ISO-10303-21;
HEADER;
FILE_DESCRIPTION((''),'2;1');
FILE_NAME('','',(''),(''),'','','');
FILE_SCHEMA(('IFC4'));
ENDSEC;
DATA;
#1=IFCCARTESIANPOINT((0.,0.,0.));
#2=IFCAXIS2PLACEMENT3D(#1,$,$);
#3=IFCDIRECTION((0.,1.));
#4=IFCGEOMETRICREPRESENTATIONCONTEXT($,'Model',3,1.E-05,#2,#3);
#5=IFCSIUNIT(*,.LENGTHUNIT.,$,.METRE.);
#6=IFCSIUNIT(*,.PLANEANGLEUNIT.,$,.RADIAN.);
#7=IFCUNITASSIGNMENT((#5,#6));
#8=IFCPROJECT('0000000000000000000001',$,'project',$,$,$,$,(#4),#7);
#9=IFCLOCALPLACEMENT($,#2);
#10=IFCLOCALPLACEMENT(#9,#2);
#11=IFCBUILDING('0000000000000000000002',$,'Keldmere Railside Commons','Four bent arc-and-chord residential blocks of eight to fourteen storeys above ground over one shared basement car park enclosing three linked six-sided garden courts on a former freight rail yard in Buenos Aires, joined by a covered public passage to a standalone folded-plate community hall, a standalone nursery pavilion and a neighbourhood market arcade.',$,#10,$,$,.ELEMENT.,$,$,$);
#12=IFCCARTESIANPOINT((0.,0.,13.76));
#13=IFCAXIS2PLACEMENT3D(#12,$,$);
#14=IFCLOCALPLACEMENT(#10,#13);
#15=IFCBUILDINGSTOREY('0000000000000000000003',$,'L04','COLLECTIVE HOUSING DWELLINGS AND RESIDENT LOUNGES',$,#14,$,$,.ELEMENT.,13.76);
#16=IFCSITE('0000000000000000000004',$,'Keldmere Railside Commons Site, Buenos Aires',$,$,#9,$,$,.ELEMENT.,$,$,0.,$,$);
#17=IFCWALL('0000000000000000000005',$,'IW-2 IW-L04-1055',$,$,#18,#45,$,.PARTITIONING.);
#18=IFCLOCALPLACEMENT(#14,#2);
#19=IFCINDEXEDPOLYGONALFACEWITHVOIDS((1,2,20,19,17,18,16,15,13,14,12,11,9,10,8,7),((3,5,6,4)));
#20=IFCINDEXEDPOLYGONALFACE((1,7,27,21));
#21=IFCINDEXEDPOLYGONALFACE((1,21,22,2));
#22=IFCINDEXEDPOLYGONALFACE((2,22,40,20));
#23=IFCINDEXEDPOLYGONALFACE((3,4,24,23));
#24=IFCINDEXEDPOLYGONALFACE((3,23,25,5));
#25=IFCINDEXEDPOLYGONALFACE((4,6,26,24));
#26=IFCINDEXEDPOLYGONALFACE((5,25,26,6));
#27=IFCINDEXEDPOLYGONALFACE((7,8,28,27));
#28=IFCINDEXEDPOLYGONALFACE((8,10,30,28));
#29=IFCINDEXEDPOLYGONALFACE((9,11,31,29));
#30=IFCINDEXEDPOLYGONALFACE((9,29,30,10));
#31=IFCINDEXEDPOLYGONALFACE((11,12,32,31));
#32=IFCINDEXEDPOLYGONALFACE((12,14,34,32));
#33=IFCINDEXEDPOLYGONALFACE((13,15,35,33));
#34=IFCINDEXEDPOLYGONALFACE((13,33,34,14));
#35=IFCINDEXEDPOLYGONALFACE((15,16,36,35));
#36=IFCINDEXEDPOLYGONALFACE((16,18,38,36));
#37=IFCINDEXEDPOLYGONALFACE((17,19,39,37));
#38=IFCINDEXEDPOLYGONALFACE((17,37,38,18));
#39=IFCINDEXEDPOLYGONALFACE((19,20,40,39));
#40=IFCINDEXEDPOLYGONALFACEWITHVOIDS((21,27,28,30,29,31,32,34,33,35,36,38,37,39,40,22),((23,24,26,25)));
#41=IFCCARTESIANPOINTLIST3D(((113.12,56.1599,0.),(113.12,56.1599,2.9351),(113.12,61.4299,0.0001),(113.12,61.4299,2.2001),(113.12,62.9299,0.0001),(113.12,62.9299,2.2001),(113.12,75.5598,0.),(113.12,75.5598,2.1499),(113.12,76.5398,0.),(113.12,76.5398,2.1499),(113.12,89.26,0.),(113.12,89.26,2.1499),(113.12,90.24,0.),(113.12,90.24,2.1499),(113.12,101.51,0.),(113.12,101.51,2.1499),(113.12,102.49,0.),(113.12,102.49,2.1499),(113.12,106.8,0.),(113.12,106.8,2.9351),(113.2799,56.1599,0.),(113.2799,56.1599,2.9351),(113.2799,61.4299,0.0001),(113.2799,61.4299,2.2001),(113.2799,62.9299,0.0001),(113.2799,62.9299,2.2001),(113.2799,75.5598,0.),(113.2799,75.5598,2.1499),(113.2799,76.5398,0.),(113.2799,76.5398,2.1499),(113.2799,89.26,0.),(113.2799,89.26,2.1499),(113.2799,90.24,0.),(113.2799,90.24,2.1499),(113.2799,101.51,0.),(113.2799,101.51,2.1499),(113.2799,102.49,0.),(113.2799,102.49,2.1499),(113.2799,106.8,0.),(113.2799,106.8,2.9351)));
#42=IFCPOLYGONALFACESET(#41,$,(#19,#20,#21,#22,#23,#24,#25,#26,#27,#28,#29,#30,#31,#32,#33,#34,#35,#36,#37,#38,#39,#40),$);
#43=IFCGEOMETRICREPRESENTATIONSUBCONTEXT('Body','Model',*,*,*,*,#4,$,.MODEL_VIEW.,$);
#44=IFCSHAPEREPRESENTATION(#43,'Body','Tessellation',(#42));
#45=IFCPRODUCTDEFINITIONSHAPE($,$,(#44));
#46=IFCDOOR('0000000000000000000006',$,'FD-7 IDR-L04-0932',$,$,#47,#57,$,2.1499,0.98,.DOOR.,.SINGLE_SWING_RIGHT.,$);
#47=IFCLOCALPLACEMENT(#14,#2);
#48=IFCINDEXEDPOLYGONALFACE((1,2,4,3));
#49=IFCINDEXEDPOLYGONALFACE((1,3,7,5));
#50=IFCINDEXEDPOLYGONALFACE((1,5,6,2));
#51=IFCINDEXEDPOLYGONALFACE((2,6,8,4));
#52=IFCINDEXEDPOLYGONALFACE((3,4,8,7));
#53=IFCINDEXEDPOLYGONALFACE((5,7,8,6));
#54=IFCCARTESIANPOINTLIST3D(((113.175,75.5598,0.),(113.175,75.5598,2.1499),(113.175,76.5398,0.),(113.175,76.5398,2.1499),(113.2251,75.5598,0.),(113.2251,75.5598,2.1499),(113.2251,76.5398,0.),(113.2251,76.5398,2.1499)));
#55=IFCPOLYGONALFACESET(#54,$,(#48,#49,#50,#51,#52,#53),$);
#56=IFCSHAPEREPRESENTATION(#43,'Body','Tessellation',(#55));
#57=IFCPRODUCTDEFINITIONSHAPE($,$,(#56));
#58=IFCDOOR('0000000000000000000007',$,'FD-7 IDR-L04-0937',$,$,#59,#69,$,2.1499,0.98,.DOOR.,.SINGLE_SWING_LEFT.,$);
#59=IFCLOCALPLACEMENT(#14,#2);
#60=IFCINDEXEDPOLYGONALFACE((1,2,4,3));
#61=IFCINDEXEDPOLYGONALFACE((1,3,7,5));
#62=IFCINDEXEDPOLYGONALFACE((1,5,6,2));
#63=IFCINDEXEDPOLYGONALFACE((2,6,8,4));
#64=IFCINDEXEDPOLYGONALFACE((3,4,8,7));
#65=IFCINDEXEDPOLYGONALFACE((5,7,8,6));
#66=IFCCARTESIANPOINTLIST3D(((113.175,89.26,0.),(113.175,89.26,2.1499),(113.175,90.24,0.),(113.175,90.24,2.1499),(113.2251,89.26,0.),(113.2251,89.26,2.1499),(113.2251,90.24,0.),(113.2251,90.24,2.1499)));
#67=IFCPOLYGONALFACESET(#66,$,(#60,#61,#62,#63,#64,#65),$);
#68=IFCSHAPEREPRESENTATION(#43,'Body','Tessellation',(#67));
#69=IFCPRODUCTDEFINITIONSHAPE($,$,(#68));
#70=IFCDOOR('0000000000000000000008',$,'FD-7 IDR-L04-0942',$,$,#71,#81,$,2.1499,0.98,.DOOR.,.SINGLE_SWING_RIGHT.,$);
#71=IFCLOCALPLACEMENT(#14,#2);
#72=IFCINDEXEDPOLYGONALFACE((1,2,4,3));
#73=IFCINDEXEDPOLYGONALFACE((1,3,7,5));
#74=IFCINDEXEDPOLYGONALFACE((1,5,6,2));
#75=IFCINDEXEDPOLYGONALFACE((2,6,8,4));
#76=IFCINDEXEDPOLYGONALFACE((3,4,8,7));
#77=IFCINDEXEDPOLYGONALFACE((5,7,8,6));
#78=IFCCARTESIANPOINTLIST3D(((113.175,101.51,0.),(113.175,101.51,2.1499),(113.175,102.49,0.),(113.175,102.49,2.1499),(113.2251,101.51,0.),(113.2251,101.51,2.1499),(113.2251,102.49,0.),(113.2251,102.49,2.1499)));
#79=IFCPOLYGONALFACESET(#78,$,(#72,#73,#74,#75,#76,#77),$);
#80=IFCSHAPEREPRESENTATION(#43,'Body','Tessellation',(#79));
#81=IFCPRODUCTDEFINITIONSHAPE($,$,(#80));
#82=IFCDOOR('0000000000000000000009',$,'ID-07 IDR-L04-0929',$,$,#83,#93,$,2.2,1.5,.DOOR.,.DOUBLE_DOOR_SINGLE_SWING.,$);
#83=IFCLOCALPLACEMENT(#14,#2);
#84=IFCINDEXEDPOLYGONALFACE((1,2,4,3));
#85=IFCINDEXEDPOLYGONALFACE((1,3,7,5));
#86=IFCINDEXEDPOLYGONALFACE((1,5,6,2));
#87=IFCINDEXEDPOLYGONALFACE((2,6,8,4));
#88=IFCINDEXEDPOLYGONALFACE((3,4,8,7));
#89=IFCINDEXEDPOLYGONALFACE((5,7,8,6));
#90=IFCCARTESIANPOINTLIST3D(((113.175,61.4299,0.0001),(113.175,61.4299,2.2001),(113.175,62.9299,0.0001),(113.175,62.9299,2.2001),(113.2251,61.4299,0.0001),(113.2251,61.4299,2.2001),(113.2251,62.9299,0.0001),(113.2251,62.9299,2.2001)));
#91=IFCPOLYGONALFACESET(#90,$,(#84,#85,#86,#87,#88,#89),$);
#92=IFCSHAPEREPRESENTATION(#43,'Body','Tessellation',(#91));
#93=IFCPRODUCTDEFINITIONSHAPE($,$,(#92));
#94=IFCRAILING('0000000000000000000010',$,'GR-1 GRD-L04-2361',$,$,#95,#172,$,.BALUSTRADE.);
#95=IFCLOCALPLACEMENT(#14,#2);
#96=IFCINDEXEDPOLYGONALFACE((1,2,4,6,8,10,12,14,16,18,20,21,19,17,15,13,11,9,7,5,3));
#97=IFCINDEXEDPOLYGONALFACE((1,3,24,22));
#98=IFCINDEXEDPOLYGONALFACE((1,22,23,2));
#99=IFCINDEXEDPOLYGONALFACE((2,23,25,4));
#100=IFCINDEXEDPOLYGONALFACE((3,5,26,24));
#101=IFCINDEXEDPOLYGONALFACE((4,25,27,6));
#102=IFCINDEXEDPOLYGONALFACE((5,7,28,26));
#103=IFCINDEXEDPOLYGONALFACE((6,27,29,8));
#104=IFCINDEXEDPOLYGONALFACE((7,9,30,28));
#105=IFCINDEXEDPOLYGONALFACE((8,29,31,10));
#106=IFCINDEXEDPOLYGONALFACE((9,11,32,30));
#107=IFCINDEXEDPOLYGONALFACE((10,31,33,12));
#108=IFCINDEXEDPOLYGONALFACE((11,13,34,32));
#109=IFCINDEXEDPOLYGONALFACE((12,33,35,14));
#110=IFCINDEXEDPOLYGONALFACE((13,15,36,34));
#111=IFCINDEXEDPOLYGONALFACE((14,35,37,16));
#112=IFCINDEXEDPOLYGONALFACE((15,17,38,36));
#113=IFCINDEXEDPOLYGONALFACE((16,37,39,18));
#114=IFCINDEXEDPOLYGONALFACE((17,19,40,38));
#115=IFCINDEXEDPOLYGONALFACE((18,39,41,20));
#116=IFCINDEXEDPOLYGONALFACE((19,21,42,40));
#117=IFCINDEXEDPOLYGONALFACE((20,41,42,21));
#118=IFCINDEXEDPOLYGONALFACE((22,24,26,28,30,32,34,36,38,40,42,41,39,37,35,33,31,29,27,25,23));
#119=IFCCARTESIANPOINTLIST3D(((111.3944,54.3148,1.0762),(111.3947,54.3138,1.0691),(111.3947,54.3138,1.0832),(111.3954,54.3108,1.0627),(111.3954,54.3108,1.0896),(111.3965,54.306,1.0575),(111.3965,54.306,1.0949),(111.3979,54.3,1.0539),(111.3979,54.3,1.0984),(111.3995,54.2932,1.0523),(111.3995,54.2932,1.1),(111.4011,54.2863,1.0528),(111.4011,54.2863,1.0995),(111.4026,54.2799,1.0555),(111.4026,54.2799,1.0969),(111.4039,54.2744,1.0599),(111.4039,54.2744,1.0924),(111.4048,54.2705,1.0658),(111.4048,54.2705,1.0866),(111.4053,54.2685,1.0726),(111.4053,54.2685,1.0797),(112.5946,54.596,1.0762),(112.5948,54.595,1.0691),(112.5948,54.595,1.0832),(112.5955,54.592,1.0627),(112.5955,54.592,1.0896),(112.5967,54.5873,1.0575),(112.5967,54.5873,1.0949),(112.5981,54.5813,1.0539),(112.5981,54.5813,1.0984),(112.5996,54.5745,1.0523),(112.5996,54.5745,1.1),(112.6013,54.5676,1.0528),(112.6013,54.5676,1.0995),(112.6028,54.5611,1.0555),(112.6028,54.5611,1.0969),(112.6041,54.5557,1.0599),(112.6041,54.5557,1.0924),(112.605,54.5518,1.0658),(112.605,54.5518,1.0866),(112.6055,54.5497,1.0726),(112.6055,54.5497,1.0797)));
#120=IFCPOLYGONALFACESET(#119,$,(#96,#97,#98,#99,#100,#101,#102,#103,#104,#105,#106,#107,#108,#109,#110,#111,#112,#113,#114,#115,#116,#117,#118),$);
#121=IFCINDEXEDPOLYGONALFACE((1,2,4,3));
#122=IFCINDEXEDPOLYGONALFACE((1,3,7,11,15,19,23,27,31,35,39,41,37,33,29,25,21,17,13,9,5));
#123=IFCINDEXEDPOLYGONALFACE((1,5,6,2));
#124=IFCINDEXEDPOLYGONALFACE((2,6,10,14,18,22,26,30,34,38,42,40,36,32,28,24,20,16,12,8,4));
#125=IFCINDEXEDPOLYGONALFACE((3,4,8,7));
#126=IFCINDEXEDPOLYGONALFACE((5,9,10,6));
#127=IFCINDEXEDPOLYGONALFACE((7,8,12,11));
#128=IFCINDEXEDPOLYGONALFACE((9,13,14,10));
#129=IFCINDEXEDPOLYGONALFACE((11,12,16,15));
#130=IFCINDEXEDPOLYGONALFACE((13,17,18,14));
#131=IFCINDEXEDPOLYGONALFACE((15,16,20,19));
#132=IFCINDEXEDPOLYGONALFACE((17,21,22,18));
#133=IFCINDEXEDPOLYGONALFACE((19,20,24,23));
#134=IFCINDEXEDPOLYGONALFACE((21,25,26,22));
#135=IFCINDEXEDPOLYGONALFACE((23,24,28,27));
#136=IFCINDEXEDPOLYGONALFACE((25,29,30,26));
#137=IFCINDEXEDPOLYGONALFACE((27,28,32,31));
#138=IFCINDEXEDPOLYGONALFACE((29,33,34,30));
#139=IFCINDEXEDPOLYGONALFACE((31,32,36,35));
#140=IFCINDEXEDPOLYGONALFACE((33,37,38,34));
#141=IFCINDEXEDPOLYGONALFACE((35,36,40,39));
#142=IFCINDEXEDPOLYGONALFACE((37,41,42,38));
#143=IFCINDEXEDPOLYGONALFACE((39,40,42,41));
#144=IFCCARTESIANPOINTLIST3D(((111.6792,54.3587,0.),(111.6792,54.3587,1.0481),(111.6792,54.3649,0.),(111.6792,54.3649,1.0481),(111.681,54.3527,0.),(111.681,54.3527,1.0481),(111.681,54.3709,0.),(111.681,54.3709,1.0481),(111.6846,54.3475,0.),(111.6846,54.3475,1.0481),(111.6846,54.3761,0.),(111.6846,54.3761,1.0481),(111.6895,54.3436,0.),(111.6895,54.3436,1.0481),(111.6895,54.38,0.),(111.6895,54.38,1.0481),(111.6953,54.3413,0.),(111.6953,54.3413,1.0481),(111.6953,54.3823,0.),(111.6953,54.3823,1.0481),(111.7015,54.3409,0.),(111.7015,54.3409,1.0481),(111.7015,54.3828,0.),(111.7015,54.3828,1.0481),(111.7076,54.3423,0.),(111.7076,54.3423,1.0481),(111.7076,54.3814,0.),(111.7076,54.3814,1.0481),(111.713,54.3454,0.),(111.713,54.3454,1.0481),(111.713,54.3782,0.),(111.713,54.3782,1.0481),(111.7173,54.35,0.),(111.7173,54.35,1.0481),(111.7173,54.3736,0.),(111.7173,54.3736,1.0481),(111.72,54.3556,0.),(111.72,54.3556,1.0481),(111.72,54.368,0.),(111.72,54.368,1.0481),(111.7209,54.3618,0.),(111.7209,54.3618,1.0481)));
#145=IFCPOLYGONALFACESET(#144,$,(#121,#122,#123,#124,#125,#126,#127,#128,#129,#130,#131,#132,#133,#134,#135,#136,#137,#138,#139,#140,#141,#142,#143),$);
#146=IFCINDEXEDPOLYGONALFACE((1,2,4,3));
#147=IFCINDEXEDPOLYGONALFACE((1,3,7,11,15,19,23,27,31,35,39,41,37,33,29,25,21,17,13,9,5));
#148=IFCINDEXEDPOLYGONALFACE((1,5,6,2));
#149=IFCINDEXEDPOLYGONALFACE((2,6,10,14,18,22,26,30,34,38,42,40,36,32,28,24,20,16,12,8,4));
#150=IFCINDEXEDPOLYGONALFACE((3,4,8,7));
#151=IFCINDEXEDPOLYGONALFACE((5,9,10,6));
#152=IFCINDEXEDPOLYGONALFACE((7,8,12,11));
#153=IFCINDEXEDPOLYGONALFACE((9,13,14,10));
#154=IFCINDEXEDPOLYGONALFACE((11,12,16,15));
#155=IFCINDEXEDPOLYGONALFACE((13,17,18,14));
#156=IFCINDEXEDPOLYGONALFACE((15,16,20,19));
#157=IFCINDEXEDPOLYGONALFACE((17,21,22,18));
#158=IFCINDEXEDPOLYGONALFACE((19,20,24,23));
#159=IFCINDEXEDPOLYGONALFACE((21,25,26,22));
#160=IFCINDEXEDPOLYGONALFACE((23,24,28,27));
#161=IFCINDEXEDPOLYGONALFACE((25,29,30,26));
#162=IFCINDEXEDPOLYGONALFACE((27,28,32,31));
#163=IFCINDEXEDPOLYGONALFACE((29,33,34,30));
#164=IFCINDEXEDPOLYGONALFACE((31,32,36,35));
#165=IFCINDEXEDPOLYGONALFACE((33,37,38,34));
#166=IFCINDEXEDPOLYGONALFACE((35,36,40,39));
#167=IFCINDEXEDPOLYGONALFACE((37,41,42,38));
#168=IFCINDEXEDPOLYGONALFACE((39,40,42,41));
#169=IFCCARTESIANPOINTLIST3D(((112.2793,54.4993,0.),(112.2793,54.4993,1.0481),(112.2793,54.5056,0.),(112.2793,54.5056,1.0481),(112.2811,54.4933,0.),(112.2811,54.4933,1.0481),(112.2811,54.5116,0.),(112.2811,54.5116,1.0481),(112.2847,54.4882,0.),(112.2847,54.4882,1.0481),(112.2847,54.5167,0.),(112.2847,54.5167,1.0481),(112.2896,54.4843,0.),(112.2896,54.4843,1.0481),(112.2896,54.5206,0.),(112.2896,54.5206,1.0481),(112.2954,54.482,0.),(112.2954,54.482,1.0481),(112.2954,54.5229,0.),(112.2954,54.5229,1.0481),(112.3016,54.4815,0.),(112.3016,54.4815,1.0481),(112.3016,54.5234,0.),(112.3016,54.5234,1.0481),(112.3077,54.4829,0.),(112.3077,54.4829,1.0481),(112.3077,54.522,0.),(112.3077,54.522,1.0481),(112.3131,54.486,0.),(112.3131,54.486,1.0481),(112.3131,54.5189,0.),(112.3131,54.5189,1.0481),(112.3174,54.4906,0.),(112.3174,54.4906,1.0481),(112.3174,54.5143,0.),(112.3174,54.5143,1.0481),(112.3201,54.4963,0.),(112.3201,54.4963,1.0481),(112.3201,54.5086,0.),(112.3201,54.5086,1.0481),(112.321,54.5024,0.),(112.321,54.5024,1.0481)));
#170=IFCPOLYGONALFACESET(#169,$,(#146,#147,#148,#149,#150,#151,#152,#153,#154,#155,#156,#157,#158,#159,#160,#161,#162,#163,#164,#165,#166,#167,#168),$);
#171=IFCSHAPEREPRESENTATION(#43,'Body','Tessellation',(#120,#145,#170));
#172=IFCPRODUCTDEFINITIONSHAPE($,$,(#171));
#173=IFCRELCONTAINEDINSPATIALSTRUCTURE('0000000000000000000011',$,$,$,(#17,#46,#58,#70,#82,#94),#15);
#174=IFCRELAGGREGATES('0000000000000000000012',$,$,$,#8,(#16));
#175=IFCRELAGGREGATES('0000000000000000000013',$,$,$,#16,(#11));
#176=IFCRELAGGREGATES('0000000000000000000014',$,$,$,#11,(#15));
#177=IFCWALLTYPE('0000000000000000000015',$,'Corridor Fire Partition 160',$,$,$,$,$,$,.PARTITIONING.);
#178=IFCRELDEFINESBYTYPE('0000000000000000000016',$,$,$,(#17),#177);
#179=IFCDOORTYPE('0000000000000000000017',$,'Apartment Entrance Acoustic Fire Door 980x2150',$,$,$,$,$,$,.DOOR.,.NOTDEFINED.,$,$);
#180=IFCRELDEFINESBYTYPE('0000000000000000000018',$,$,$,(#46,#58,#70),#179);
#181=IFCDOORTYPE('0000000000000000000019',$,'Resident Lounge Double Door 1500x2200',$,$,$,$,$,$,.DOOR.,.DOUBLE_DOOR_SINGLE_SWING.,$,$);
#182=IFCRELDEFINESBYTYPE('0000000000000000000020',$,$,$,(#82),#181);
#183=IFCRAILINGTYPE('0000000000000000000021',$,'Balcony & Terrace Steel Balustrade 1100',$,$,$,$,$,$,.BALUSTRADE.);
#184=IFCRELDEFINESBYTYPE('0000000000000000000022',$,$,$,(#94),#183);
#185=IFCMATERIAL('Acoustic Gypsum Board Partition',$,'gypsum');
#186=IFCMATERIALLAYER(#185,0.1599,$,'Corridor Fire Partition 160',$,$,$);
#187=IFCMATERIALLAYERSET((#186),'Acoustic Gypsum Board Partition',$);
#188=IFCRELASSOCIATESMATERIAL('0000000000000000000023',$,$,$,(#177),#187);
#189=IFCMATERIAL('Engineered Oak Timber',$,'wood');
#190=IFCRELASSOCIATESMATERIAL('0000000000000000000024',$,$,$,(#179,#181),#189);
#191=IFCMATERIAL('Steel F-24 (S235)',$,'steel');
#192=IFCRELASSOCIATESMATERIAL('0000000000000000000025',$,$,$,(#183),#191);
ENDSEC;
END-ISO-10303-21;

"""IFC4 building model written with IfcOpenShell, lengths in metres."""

from ifc_helpers import new_model, si_unit, direction, frame, frame_2d, origin, origin_2d, place, context, subcontext, project, spatial, rectangle, circle, extrude, material, layer, layer_set, type_object, element, fill, save


model = new_model("IFC4")

# Units and contexts
model_context = context("Model", 3, precision=1e-05, world=origin(), true_north=direction((0.0, 1.0)))
body_context = subcontext(model_context, "Body", "Model", "MODEL_VIEW")
ifc_project = project(units=[si_unit("LENGTHUNIT", "METRE"), si_unit("PLANEANGLEUNIT", "RADIAN")], contexts=[model_context])

# Site, building, storey
site_placement = place(None, origin())
site = spatial("IfcSite", under=ifc_project, at=site_placement, Name="Keldmere Railside Commons Site, Buenos Aires", CompositionType="ELEMENT", RefElevation=0.0)
building_placement = place(site_placement, origin())
building = spatial("IfcBuilding", under=site, at=building_placement, Name="Keldmere Railside Commons", Description="Four bent arc-and-chord residential blocks of eight to fourteen storeys above ground over one shared basement car park enclosing three linked six-sided garden courts on a former freight rail yard in Buenos Aires, joined by a covered public passage to a standalone folded-plate community hall, a standalone nursery pavilion and a neighbourhood market arcade.", CompositionType="ELEMENT")
storey_placement = place(building_placement, frame((0.0, 0.0, 13.76)))
storey = spatial("IfcBuildingStorey", under=building, at=storey_placement, Name="L04", Description="COLLECTIVE HOUSING DWELLINGS AND RESIDENT LOUNGES", CompositionType="ELEMENT", Elevation=13.76)

# Wall, openings, doors
ifc_material_1 = material(Name="Acoustic Gypsum Board Partition", Category="gypsum")
ifc_layer = layer(ifc_material_1, 0.1599, Name="Corridor Fire Partition 160")
ifc_layer_set = layer_set([ifc_layer], Name="Acoustic Gypsum Board Partition")
wall_type = type_object("IfcWallType", Name="Corridor Fire Partition 160", PredefinedType="PARTITIONING", material=ifc_layer_set)
ifc_material_2 = material(Name="Engineered Oak Timber", Category="wood")
door_type_1 = type_object("IfcDoorType", Name="Apartment Entrance Acoustic Fire Door 980x2150", OperationType="NOTDEFINED", PredefinedType="DOOR", material=ifc_material_2)
ifc_material_3 = material(Name="Steel F-24 (S235)", Category="steel")
wall_1_placement = place(storey_placement, frame((113.2, 56.1599, 0.0), z_axis=(0.0, 0.0, 1.0), x_axis=(0.0, 1.0, 0.0)))
wall_1 = element("IfcWall", 1, at=wall_1_placement, inside=storey, type_object=wall_type, Name="IW-2 IW-L04-1055", PredefinedType="PARTITIONING", context=body_context, shape_type="SweptSolid", body=[
    extrude(rectangle(XDim=50.6401, YDim=0.1599, at=frame_2d((25.3201, 0.0))), origin(), (0.0, 0.0, 1.0), 2.9351),
])
opening_1_placement = place(wall_1_placement, frame((5.27, 0.0, 0.0)))
opening_1 = element("IfcOpeningElement", 2, at=opening_1_placement, cuts=wall_1, PredefinedType="OPENING", context=body_context, shape_type="SweptSolid", body=[
    extrude(rectangle(XDim=1.5, YDim=2.2, at=frame_2d((0.75, 1.1001))), frame((0.0, 0.0898, 0.0), z_axis=(0.0, -1.0, 0.0), x_axis=(1.0, 0.0, 0.0)), (0.0, 0.0, 1.0), 0.1799),
])
opening_2_placement = place(wall_1_placement, frame((19.3999, 0.0, 0.0)))
opening_2 = element("IfcOpeningElement", 3, at=opening_2_placement, cuts=wall_1, PredefinedType="OPENING", context=body_context, shape_type="SweptSolid", body=[
    extrude(rectangle(XDim=0.98, YDim=2.1499, at=frame_2d((0.49, 1.075))), frame((0.0, 0.0898, 0.0), z_axis=(0.0, -1.0, 0.0), x_axis=(1.0, 0.0, 0.0)), (0.0, 0.0, 1.0), 0.1799),
])
opening_3_placement = place(wall_1_placement, frame((33.1001, 0.0, 0.0)))
opening_3 = element("IfcOpeningElement", 4, at=opening_3_placement, cuts=wall_1, PredefinedType="OPENING", context=body_context, shape_type="SweptSolid", body=[
    extrude(rectangle(XDim=0.98, YDim=2.1499, at=frame_2d((0.49, 1.075))), frame((0.0, 0.0898, 0.0), z_axis=(0.0, -1.0, 0.0), x_axis=(1.0, 0.0, 0.0)), (0.0, 0.0, 1.0), 0.1799),
])
opening_4_placement = place(wall_1_placement, frame((45.3501, 0.0, 0.0)))
opening_4 = element("IfcOpeningElement", 5, at=opening_4_placement, cuts=wall_1, PredefinedType="OPENING", context=body_context, shape_type="SweptSolid", body=[
    extrude(rectangle(XDim=0.98, YDim=2.1499, at=frame_2d((0.49, 1.075))), frame((0.0, 0.0898, 0.0), z_axis=(0.0, -1.0, 0.0), x_axis=(1.0, 0.0, 0.0)), (0.0, 0.0, 1.0), 0.1799),
])
door_1_placement = place(opening_2_placement, origin())
door_1 = element("IfcDoor", 6, at=door_1_placement, inside=storey, type_object=door_type_1, Name="FD-7 IDR-L04-0932", OperationType="SINGLE_SWING_RIGHT", OverallHeight=2.1499, OverallWidth=0.98, PredefinedType="DOOR", context=body_context, shape_type="SweptSolid", body=[
    extrude(rectangle(XDim=0.98, YDim=2.1499, at=frame_2d((0.49, 1.075))), frame((0.0, 0.0249, 0.0), z_axis=(0.0, -1.0, 0.0), x_axis=(1.0, 0.0, 0.0)), (0.0, 0.0, 1.0), 0.05),
])
fill(opening_2, door_1)
door_2_placement = place(opening_3_placement, origin())
door_2 = element("IfcDoor", 7, at=door_2_placement, inside=storey, type_object=door_type_1, Name="FD-7 IDR-L04-0937", OperationType="SINGLE_SWING_LEFT", OverallHeight=2.1499, OverallWidth=0.98, PredefinedType="DOOR", context=body_context, shape_type="SweptSolid", body=[
    extrude(rectangle(XDim=0.98, YDim=2.1499, at=frame_2d((0.49, 1.075))), frame((0.0, 0.0249, 0.0), z_axis=(0.0, -1.0, 0.0), x_axis=(1.0, 0.0, 0.0)), (0.0, 0.0, 1.0), 0.05),
])
fill(opening_3, door_2)
door_3_placement = place(opening_4_placement, origin())
door_3 = element("IfcDoor", 8, at=door_3_placement, inside=storey, type_object=door_type_1, Name="FD-7 IDR-L04-0942", OperationType="SINGLE_SWING_RIGHT", OverallHeight=2.1499, OverallWidth=0.98, PredefinedType="DOOR", context=body_context, shape_type="SweptSolid", body=[
    extrude(rectangle(XDim=0.98, YDim=2.1499, at=frame_2d((0.49, 1.075))), frame((0.0, 0.0249, 0.0), z_axis=(0.0, -1.0, 0.0), x_axis=(1.0, 0.0, 0.0)), (0.0, 0.0, 1.0), 0.05),
])
fill(opening_4, door_3)
door_type_2 = type_object("IfcDoorType", Name="Resident Lounge Double Door 1500x2200", OperationType="DOUBLE_DOOR_SINGLE_SWING", PredefinedType="DOOR", material=ifc_material_2)
door_4_placement = place(opening_1_placement, origin())
door_4 = element("IfcDoor", 9, at=door_4_placement, inside=storey, type_object=door_type_2, Name="ID-07 IDR-L04-0929", OperationType="DOUBLE_DOOR_SINGLE_SWING", OverallHeight=2.2, OverallWidth=1.5, PredefinedType="DOOR", context=body_context, shape_type="SweptSolid", body=[
    extrude(rectangle(XDim=1.5, YDim=2.2, at=frame_2d((0.75, 1.1001))), frame((0.0, 0.0249, 0.0), z_axis=(0.0, -1.0, 0.0), x_axis=(1.0, 0.0, 0.0)), (0.0, 0.0, 1.0), 0.05),
])
fill(opening_1, door_4)

# Railing
railing_type = type_object("IfcRailingType", Name="Balcony & Terrace Steel Balustrade 1100", PredefinedType="BALUSTRADE", material=ifc_material_3)
railing_1_placement = place(storey_placement, frame((111.3999, 54.2915, 0.0)))
element("IfcRailing", 10, at=railing_1_placement, inside=storey, type_object=railing_type, Name="GR-1 GRD-L04-2361", PredefinedType="BALUSTRADE", context=body_context, shape_type="SweptSolid", body=[
    extrude(circle(Radius=0.0239, at=origin_2d()), frame((0.0, 0.0, 1.0762), z_axis=(0.973625, 0.228156, 0.0), x_axis=(-0.228156, 0.973625, 0.0)), (0.0, 0.0, 1.0), 1.2327),
    extrude(circle(Radius=0.021, at=origin_2d()), frame((0.3, 0.0703, 0.0)), (0.0, 0.0, 1.0), 1.0481),
    extrude(circle(Radius=0.021, at=origin_2d()), frame((0.9001, 0.2109, 0.0)), (0.0, 0.0, 1.0), 1.0481),
])

save(model, "model.ifc")
